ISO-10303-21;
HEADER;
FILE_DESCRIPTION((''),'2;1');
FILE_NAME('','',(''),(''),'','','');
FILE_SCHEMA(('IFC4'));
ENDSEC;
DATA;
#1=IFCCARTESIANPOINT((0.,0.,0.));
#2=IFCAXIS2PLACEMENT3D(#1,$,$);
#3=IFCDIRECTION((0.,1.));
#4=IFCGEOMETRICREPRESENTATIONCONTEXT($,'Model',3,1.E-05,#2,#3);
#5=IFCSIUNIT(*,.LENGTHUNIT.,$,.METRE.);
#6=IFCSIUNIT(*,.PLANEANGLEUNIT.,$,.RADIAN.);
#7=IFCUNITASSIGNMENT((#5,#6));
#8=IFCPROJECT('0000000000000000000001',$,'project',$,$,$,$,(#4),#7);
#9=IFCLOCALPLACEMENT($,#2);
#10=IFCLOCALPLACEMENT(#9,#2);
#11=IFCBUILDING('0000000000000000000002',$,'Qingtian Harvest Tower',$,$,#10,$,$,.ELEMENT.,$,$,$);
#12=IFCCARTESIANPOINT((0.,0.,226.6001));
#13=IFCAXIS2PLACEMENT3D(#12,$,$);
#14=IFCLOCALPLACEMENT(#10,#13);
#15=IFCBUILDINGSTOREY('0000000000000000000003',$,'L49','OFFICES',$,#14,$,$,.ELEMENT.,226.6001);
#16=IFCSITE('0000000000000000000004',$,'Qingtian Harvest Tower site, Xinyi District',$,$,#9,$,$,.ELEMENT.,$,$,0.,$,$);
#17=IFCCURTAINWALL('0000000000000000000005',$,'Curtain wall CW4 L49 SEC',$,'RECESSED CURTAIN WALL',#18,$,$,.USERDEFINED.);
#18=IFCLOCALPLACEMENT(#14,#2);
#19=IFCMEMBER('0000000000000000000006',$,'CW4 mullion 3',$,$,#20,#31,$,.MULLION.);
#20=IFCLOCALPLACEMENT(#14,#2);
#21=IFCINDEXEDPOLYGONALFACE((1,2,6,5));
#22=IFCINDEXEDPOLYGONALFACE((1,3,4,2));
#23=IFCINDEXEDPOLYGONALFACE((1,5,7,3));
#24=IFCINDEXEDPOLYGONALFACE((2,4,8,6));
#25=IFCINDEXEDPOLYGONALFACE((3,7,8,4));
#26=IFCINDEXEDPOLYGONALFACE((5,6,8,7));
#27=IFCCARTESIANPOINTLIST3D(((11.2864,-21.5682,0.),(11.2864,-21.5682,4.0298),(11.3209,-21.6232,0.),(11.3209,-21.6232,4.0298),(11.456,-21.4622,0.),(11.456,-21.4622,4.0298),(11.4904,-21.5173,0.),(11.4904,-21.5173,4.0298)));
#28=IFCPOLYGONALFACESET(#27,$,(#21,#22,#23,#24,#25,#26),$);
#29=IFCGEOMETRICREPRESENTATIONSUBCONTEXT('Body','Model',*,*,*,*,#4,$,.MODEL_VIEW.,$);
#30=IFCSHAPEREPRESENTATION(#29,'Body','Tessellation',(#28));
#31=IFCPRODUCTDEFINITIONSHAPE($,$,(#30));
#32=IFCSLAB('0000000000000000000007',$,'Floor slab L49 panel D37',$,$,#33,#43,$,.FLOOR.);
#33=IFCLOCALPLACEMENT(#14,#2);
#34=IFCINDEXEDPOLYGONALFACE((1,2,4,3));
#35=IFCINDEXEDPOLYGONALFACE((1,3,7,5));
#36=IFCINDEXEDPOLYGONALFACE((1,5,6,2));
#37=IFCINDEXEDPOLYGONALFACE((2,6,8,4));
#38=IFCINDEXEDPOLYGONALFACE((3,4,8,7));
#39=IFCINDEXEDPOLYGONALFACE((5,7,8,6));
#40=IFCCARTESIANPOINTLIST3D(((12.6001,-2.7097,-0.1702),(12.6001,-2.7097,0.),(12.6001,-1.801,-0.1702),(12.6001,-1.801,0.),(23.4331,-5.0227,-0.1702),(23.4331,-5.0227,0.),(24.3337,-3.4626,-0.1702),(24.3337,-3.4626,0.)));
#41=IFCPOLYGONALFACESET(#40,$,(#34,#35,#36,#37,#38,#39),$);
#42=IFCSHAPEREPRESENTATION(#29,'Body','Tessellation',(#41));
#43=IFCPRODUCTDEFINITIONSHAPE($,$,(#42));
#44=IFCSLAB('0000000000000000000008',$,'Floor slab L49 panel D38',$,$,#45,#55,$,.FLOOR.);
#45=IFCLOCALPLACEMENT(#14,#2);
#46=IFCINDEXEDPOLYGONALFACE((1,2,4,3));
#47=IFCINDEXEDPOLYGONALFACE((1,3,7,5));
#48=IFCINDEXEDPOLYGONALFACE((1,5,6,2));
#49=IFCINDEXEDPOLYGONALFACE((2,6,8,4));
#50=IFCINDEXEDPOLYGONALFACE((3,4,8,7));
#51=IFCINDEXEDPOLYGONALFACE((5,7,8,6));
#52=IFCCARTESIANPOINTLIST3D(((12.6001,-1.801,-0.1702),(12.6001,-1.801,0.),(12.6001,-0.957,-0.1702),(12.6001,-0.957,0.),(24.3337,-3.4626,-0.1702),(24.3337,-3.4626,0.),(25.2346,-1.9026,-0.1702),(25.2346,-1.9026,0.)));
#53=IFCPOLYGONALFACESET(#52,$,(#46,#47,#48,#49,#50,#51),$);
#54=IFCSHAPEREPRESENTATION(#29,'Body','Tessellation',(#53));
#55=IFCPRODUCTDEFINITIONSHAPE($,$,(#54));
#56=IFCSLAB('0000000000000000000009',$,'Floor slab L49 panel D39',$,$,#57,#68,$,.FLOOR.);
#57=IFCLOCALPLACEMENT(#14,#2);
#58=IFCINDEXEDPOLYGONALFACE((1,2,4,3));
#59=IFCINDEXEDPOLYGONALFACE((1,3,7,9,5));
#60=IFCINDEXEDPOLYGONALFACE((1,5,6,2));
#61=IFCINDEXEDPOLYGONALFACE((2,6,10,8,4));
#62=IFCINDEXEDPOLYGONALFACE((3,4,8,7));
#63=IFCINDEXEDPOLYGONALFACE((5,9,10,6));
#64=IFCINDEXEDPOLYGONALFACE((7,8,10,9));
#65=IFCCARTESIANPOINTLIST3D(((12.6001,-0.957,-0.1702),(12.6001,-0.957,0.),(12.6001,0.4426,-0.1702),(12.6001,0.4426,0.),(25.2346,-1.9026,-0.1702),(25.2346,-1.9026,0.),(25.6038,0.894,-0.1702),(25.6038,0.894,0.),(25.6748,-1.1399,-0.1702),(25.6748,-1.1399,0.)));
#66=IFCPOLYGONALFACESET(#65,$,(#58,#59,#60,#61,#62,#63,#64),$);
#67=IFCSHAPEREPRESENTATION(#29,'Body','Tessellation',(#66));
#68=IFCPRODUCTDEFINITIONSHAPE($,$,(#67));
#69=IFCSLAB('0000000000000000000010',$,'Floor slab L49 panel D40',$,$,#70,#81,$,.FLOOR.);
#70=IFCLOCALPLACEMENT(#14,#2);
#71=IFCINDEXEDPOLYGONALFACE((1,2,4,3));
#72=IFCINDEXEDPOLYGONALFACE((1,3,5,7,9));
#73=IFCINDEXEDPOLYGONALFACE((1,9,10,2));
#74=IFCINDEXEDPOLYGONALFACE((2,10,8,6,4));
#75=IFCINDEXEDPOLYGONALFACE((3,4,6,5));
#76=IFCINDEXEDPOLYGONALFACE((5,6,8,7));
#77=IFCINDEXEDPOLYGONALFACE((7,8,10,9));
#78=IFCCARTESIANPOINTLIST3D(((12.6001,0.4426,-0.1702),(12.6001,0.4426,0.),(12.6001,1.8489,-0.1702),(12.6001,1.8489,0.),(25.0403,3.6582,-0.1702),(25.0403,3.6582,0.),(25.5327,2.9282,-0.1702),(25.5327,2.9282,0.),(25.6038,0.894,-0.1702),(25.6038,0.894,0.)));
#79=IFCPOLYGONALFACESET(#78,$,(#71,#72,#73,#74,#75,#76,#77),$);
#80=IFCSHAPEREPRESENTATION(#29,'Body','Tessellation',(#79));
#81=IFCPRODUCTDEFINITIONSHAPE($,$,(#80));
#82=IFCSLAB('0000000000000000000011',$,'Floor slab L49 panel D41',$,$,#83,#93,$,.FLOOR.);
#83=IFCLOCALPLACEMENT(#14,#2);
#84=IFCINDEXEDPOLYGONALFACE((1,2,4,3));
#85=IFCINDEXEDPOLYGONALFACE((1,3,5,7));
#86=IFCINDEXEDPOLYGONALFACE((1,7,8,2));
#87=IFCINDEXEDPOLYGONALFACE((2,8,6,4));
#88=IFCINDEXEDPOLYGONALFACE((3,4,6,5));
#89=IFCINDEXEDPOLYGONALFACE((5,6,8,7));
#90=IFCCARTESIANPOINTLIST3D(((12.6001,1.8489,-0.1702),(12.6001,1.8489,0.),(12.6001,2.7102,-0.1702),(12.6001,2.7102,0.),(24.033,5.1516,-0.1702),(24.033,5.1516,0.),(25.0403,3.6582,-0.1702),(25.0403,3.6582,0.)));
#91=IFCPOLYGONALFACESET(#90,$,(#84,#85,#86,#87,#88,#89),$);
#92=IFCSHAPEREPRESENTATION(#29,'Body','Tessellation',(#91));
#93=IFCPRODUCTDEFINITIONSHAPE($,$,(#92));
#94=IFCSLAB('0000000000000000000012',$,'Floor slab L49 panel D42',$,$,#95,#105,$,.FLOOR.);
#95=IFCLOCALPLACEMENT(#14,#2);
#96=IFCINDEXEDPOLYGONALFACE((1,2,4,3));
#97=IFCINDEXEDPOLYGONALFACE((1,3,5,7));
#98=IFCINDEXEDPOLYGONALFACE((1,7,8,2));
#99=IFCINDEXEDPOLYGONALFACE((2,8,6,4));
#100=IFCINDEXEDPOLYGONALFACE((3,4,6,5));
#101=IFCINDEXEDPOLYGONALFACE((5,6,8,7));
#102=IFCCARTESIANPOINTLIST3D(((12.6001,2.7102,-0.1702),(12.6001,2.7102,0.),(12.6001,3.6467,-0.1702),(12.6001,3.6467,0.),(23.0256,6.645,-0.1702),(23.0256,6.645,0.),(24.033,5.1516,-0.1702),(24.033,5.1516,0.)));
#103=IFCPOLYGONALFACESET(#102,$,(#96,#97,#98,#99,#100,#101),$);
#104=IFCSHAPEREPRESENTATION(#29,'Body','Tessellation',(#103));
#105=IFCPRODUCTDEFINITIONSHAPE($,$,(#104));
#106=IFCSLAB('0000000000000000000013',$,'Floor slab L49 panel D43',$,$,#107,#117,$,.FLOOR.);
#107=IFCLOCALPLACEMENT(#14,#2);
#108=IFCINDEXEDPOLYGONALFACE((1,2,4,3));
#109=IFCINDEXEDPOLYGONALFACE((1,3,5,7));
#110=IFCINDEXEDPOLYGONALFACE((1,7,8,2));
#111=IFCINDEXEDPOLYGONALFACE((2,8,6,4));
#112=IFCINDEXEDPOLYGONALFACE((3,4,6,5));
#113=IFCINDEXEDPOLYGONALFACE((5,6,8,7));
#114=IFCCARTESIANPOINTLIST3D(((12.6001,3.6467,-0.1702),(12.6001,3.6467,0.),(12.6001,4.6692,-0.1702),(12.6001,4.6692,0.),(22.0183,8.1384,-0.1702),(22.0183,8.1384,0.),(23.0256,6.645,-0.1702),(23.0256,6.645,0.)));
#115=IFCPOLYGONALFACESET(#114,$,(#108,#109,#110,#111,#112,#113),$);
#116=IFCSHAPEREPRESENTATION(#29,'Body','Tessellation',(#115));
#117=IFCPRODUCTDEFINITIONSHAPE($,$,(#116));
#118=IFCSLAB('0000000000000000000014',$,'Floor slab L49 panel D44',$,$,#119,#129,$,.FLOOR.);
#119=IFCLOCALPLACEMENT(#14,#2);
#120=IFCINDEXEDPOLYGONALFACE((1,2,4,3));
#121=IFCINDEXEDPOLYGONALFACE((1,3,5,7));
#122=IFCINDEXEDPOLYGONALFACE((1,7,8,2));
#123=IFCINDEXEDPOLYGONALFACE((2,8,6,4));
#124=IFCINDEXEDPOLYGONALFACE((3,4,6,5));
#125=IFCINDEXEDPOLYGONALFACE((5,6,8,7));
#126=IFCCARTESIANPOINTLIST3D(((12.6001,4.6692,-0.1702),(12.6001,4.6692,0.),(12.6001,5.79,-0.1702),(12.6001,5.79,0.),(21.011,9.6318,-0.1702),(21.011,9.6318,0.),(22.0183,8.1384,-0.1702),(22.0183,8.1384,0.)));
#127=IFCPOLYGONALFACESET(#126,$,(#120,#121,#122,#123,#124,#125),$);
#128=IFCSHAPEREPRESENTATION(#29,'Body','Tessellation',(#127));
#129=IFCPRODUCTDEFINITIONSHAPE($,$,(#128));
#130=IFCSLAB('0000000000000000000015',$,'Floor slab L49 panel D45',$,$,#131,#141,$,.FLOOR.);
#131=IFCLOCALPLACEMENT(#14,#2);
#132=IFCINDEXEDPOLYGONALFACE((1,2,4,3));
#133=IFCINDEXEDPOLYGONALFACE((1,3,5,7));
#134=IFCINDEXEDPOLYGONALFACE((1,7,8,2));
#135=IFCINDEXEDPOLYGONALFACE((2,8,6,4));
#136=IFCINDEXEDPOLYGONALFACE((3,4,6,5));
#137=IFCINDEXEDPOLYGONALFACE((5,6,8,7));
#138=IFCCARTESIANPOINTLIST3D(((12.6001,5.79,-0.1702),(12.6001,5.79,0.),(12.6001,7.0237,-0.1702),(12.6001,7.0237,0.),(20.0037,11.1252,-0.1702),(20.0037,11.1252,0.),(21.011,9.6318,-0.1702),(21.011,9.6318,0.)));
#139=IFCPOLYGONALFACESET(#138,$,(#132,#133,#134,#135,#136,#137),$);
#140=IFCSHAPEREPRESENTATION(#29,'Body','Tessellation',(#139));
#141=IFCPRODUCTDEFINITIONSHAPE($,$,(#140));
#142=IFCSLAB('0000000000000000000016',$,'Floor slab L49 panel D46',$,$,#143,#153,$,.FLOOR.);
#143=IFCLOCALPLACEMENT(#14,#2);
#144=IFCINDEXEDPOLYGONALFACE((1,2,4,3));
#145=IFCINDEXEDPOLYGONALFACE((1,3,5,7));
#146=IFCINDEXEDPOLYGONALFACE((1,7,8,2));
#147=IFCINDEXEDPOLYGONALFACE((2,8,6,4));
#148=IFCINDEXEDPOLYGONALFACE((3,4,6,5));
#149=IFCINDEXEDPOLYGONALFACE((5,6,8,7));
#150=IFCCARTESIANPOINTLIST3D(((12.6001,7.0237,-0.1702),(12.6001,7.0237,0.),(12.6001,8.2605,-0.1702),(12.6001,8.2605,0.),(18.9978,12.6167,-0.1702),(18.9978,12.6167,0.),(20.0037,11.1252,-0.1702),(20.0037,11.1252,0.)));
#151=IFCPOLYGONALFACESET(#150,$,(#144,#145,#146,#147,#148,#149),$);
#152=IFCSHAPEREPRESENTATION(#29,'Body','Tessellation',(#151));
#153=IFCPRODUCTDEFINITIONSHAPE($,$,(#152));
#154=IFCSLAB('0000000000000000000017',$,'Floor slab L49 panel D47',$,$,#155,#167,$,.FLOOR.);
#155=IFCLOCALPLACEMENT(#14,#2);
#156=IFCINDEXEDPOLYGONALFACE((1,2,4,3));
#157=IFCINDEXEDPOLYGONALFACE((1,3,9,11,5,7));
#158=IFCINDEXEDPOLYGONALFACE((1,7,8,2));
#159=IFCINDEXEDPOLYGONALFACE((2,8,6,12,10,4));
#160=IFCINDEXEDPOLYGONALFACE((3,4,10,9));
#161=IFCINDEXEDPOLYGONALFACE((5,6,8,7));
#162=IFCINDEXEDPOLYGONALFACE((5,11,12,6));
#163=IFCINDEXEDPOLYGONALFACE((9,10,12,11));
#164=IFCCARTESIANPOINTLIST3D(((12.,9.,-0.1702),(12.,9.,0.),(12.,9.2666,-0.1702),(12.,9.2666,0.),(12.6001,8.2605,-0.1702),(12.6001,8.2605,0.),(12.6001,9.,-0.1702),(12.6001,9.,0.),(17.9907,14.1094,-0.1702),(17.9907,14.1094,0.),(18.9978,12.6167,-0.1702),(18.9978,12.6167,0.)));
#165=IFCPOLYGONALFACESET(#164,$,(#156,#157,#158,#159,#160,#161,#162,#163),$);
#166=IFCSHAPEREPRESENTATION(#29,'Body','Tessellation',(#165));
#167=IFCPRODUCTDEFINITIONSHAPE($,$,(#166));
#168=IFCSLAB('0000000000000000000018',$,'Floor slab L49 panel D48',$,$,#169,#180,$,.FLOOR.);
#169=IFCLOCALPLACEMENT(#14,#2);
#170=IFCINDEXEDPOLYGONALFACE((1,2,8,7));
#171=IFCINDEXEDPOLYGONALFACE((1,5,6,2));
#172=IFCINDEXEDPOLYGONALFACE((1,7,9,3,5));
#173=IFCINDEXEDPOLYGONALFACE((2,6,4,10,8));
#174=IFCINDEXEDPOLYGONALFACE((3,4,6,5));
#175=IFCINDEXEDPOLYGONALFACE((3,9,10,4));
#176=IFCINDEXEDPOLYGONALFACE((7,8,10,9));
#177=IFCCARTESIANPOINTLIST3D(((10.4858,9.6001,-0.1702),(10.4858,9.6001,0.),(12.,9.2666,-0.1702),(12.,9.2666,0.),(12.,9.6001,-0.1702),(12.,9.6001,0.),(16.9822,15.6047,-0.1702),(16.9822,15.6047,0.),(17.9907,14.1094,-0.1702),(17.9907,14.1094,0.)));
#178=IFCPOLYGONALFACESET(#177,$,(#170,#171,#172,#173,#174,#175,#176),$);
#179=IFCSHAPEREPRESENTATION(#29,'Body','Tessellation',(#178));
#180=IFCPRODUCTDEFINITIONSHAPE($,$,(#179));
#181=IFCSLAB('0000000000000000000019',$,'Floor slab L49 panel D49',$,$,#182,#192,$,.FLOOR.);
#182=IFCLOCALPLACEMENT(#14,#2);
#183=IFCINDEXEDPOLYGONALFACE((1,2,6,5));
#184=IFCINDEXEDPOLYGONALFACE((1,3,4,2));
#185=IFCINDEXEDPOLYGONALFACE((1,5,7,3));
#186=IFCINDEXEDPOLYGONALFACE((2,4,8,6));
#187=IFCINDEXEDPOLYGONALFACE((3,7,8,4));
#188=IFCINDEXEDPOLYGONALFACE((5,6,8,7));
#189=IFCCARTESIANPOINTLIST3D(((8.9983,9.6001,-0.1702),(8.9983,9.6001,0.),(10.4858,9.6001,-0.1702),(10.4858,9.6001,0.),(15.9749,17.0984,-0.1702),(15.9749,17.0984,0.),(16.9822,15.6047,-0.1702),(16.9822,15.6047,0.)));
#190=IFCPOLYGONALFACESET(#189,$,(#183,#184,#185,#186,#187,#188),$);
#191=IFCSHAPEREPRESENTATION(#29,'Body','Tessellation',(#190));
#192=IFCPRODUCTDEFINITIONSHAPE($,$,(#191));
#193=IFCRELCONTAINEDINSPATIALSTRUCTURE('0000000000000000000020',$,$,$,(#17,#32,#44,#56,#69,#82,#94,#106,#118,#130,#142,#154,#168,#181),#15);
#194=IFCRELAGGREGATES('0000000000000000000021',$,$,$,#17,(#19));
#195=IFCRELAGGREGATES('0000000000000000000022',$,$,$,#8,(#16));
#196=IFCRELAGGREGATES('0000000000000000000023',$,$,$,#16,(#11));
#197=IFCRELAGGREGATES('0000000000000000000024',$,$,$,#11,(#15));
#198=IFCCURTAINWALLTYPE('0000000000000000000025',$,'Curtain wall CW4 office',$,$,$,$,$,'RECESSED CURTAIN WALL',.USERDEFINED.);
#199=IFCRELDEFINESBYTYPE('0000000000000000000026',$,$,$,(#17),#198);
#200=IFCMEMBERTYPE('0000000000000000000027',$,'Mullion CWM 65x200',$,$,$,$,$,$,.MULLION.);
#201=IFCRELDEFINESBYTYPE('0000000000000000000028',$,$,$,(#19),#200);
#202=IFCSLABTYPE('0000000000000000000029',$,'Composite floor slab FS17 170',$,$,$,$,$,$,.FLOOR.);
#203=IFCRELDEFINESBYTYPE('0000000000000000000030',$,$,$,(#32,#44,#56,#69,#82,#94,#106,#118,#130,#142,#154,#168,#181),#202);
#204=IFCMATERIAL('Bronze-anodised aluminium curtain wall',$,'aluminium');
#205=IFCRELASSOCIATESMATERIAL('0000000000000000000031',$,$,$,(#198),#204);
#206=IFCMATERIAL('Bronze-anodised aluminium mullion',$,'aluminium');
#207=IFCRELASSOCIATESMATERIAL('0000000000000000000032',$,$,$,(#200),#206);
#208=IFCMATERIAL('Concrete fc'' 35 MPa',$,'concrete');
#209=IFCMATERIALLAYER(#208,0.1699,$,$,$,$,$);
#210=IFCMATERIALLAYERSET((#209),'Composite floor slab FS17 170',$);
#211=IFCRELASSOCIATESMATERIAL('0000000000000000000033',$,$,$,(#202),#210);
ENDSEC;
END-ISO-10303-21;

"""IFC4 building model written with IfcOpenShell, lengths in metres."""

from ifc_helpers import new_model, si_unit, direction, frame, origin, origin_2d, place, context, subcontext, project, spatial, polyline, rectangle, outline, extrude, material, layer, layer_set, material_profile, profile_set, type_object, element, aggregate, save


model = new_model("IFC4")

# Units and contexts
model_context = context("Model", 3, precision=1e-05, world=origin(), true_north=direction((0.0, 1.0)))
body_context = subcontext(model_context, "Body", "Model", "MODEL_VIEW")
ifc_project = project(units=[si_unit("LENGTHUNIT", "METRE"), si_unit("PLANEANGLEUNIT", "RADIAN")], contexts=[model_context])

# Site, building, storey
site_placement = place(None, origin())
site = spatial("IfcSite", under=ifc_project, at=site_placement, Name="Qingtian Harvest Tower site, Xinyi District", CompositionType="ELEMENT", RefElevation=0.0)
building_placement = place(site_placement, origin())
building = spatial("IfcBuilding", under=site, at=building_placement, Name="Qingtian Harvest Tower", CompositionType="ELEMENT")
storey_placement = place(building_placement, frame((0.0, 0.0, 226.6001)))
storey = spatial("IfcBuildingStorey", under=building, at=storey_placement, Name="L49", Description="OFFICES", CompositionType="ELEMENT", Elevation=226.6001)

# Curtain wall, member
ifc_material_1 = material(Name="Bronze-anodised aluminium curtain wall", Category="aluminium")
curtain_wall_type = type_object("IfcCurtainWallType", Name="Curtain wall CW4 office", ElementType="RECESSED CURTAIN WALL", PredefinedType="USERDEFINED", material=ifc_material_1)
curtain_wall_placement = place(storey_placement, origin())
curtain_wall = element("IfcCurtainWall", 1, at=curtain_wall_placement, inside=storey, type_object=curtain_wall_type, Name="Curtain wall CW4 L49 SEC", ObjectType="RECESSED CURTAIN WALL", PredefinedType="USERDEFINED")
ifc_material_2 = material(Name="Bronze-anodised aluminium mullion", Category="aluminium")
ifc_material_profile = material_profile(ifc_material_2, rectangle(XDim=0.0649, YDim=0.2, at=origin_2d()), Name="AL 65x200")
ifc_profile_set = profile_set([ifc_material_profile], Name="Bronze-anodised aluminium mullion")
member_type = type_object("IfcMemberType", Name="Mullion CWM 65x200", PredefinedType="MULLION", material=ifc_profile_set)
member_placement = place(storey_placement, frame((11.3884, -21.5427, 0.0), z_axis=(0.0, 0.0, 1.0), x_axis=(0.529919, -0.848048, 0.0)))
member = element("IfcMember", 2, at=member_placement, type_object=member_type, Name="CW4 mullion 3", PredefinedType="MULLION", context=body_context, shape_type="SweptSolid", body=[
    extrude(rectangle(XDim=0.0649, YDim=0.2, at=origin_2d()), origin(), (0.0, 0.0, 1.0), 4.0298),
])
aggregate(curtain_wall, [member])

# Slabs
ifc_material_3 = material(Name="Concrete fc' 35 MPa", Category="concrete")
ifc_layer_1 = layer(ifc_material_3, 0.1699)
ifc_layer_set_1 = layer_set([ifc_layer_1], Name="Composite floor slab FS17 170")
slab_type = type_object("IfcSlabType", Name="Composite floor slab FS17 170", PredefinedType="FLOOR", material=ifc_layer_set_1)
slab_1_placement = place(storey_placement, frame((0.0, 0.0, -0.1702)))
element("IfcSlab", 3, at=slab_1_placement, inside=storey, type_object=slab_type, Name="Floor slab L49 panel D37", PredefinedType="FLOOR", context=body_context, shape_type="SweptSolid", body=[
    extrude(outline(polyline([(12.6001, -1.801), (24.3337, -3.4626), (23.4331, -5.0227), (12.6001, -2.7097), (12.6001, -1.801)])), origin(), (0.0, 0.0, 1.0), 0.1702),
])
slab_2_placement = place(storey_placement, frame((0.0, 0.0, -0.1702)))
element("IfcSlab", 4, at=slab_2_placement, inside=storey, type_object=slab_type, Name="Floor slab L49 panel D38", PredefinedType="FLOOR", context=body_context, shape_type="SweptSolid", body=[
    extrude(outline(polyline([(12.6001, -0.957), (25.2346, -1.9026), (24.3337, -3.4626), (12.6001, -1.801), (12.6001, -0.957)])), origin(), (0.0, 0.0, 1.0), 0.1702),
])
slab_3_placement = place(storey_placement, frame((0.0, 0.0, -0.1702)))
element("IfcSlab", 5, at=slab_3_placement, inside=storey, type_object=slab_type, Name="Floor slab L49 panel D39", PredefinedType="FLOOR", context=body_context, shape_type="SweptSolid", body=[
    extrude(outline(polyline([(12.6001, -0.957), (12.6001, 0.4426), (25.6038, 0.894), (25.6748, -1.1399), (25.2346, -1.9026), (12.6001, -0.957)])), origin(), (0.0, 0.0, 1.0), 0.1702),
])
slab_4_placement = place(storey_placement, frame((0.0, 0.0, -0.1702)))
element("IfcSlab", 6, at=slab_4_placement, inside=storey, type_object=slab_type, Name="Floor slab L49 panel D40", PredefinedType="FLOOR", context=body_context, shape_type="SweptSolid", body=[
    extrude(outline(polyline([(12.6001, 0.4426), (12.6001, 1.8489), (25.0403, 3.6582), (25.5327, 2.9282), (25.6038, 0.894), (12.6001, 0.4426)])), origin(), (0.0, 0.0, 1.0), 0.1702),
])
slab_5_placement = place(storey_placement, frame((0.0, 0.0, -0.1702)))
element("IfcSlab", 7, at=slab_5_placement, inside=storey, type_object=slab_type, Name="Floor slab L49 panel D41", PredefinedType="FLOOR", context=body_context, shape_type="SweptSolid", body=[
    extrude(outline(polyline([(12.6001, 2.7102), (24.033, 5.1516), (25.0403, 3.6582), (12.6001, 1.8489), (12.6001, 2.7102)])), origin(), (0.0, 0.0, 1.0), 0.1702),
])
slab_6_placement = place(storey_placement, frame((0.0, 0.0, -0.1702)))
element("IfcSlab", 8, at=slab_6_placement, inside=storey, type_object=slab_type, Name="Floor slab L49 panel D42", PredefinedType="FLOOR", context=body_context, shape_type="SweptSolid", body=[
    extrude(outline(polyline([(12.6001, 3.6467), (23.0256, 6.645), (24.033, 5.1516), (12.6001, 2.7102), (12.6001, 3.6467)])), origin(), (0.0, 0.0, 1.0), 0.1702),
])
slab_7_placement = place(storey_placement, frame((0.0, 0.0, -0.1702)))
element("IfcSlab", 9, at=slab_7_placement, inside=storey, type_object=slab_type, Name="Floor slab L49 panel D43", PredefinedType="FLOOR", context=body_context, shape_type="SweptSolid", body=[
    extrude(outline(polyline([(12.6001, 4.6692), (22.0183, 8.1384), (23.0256, 6.645), (12.6001, 3.6467), (12.6001, 4.6692)])), origin(), (0.0, 0.0, 1.0), 0.1702),
])
slab_8_placement = place(storey_placement, frame((0.0, 0.0, -0.1702)))
element("IfcSlab", 10, at=slab_8_placement, inside=storey, type_object=slab_type, Name="Floor slab L49 panel D44", PredefinedType="FLOOR", context=body_context, shape_type="SweptSolid", body=[
    extrude(outline(polyline([(12.6001, 5.79), (21.011, 9.6318), (22.0183, 8.1384), (12.6001, 4.6692), (12.6001, 5.79)])), origin(), (0.0, 0.0, 1.0), 0.1702),
])
slab_9_placement = place(storey_placement, frame((0.0, 0.0, -0.1702)))
element("IfcSlab", 11, at=slab_9_placement, inside=storey, type_object=slab_type, Name="Floor slab L49 panel D45", PredefinedType="FLOOR", context=body_context, shape_type="SweptSolid", body=[
    extrude(outline(polyline([(12.6001, 7.0237), (20.0037, 11.1252), (21.011, 9.6318), (12.6001, 5.79), (12.6001, 7.0237)])), origin(), (0.0, 0.0, 1.0), 0.1702),
])
slab_10_placement = place(storey_placement, frame((0.0, 0.0, -0.1702)))
element("IfcSlab", 12, at=slab_10_placement, inside=storey, type_object=slab_type, Name="Floor slab L49 panel D46", PredefinedType="FLOOR", context=body_context, shape_type="SweptSolid", body=[
    extrude(outline(polyline([(12.6001, 8.2605), (18.9978, 12.6167), (20.0037, 11.1252), (12.6001, 7.0237), (12.6001, 8.2605)])), origin(), (0.0, 0.0, 1.0), 0.1702),
])
slab_11_placement = place(storey_placement, frame((0.0, 0.0, -0.1702)))
element("IfcSlab", 13, at=slab_11_placement, inside=storey, type_object=slab_type, Name="Floor slab L49 panel D47", PredefinedType="FLOOR", context=body_context, shape_type="SweptSolid", body=[
    extrude(outline(polyline([(12.6001, 9.0), (12.0, 9.0), (12.0, 9.2666), (17.9907, 14.1094), (18.9978, 12.6167), (12.6001, 8.2605), (12.6001, 9.0)])), origin(), (0.0, 0.0, 1.0), 0.1702),
])
slab_12_placement = place(storey_placement, frame((0.0, 0.0, -0.1702)))
element("IfcSlab", 14, at=slab_12_placement, inside=storey, type_object=slab_type, Name="Floor slab L49 panel D48", PredefinedType="FLOOR", context=body_context, shape_type="SweptSolid", body=[
    extrude(outline(polyline([(12.0, 9.6001), (10.4858, 9.6001), (16.9822, 15.6047), (17.9907, 14.1094), (12.0, 9.2666), (12.0, 9.6001)])), origin(), (0.0, 0.0, 1.0), 0.1702),
])
slab_13_placement = place(storey_placement, frame((0.0, 0.0, -0.1702)))
element("IfcSlab", 15, at=slab_13_placement, inside=storey, type_object=slab_type, Name="Floor slab L49 panel D49", PredefinedType="FLOOR", context=body_context, shape_type="SweptSolid", body=[
    extrude(outline(polyline([(8.9983, 9.6001), (15.9749, 17.0984), (16.9822, 15.6047), (10.4858, 9.6001), (8.9983, 9.6001)])), origin(), (0.0, 0.0, 1.0), 0.1702),
])

save(model, "model.ifc")
